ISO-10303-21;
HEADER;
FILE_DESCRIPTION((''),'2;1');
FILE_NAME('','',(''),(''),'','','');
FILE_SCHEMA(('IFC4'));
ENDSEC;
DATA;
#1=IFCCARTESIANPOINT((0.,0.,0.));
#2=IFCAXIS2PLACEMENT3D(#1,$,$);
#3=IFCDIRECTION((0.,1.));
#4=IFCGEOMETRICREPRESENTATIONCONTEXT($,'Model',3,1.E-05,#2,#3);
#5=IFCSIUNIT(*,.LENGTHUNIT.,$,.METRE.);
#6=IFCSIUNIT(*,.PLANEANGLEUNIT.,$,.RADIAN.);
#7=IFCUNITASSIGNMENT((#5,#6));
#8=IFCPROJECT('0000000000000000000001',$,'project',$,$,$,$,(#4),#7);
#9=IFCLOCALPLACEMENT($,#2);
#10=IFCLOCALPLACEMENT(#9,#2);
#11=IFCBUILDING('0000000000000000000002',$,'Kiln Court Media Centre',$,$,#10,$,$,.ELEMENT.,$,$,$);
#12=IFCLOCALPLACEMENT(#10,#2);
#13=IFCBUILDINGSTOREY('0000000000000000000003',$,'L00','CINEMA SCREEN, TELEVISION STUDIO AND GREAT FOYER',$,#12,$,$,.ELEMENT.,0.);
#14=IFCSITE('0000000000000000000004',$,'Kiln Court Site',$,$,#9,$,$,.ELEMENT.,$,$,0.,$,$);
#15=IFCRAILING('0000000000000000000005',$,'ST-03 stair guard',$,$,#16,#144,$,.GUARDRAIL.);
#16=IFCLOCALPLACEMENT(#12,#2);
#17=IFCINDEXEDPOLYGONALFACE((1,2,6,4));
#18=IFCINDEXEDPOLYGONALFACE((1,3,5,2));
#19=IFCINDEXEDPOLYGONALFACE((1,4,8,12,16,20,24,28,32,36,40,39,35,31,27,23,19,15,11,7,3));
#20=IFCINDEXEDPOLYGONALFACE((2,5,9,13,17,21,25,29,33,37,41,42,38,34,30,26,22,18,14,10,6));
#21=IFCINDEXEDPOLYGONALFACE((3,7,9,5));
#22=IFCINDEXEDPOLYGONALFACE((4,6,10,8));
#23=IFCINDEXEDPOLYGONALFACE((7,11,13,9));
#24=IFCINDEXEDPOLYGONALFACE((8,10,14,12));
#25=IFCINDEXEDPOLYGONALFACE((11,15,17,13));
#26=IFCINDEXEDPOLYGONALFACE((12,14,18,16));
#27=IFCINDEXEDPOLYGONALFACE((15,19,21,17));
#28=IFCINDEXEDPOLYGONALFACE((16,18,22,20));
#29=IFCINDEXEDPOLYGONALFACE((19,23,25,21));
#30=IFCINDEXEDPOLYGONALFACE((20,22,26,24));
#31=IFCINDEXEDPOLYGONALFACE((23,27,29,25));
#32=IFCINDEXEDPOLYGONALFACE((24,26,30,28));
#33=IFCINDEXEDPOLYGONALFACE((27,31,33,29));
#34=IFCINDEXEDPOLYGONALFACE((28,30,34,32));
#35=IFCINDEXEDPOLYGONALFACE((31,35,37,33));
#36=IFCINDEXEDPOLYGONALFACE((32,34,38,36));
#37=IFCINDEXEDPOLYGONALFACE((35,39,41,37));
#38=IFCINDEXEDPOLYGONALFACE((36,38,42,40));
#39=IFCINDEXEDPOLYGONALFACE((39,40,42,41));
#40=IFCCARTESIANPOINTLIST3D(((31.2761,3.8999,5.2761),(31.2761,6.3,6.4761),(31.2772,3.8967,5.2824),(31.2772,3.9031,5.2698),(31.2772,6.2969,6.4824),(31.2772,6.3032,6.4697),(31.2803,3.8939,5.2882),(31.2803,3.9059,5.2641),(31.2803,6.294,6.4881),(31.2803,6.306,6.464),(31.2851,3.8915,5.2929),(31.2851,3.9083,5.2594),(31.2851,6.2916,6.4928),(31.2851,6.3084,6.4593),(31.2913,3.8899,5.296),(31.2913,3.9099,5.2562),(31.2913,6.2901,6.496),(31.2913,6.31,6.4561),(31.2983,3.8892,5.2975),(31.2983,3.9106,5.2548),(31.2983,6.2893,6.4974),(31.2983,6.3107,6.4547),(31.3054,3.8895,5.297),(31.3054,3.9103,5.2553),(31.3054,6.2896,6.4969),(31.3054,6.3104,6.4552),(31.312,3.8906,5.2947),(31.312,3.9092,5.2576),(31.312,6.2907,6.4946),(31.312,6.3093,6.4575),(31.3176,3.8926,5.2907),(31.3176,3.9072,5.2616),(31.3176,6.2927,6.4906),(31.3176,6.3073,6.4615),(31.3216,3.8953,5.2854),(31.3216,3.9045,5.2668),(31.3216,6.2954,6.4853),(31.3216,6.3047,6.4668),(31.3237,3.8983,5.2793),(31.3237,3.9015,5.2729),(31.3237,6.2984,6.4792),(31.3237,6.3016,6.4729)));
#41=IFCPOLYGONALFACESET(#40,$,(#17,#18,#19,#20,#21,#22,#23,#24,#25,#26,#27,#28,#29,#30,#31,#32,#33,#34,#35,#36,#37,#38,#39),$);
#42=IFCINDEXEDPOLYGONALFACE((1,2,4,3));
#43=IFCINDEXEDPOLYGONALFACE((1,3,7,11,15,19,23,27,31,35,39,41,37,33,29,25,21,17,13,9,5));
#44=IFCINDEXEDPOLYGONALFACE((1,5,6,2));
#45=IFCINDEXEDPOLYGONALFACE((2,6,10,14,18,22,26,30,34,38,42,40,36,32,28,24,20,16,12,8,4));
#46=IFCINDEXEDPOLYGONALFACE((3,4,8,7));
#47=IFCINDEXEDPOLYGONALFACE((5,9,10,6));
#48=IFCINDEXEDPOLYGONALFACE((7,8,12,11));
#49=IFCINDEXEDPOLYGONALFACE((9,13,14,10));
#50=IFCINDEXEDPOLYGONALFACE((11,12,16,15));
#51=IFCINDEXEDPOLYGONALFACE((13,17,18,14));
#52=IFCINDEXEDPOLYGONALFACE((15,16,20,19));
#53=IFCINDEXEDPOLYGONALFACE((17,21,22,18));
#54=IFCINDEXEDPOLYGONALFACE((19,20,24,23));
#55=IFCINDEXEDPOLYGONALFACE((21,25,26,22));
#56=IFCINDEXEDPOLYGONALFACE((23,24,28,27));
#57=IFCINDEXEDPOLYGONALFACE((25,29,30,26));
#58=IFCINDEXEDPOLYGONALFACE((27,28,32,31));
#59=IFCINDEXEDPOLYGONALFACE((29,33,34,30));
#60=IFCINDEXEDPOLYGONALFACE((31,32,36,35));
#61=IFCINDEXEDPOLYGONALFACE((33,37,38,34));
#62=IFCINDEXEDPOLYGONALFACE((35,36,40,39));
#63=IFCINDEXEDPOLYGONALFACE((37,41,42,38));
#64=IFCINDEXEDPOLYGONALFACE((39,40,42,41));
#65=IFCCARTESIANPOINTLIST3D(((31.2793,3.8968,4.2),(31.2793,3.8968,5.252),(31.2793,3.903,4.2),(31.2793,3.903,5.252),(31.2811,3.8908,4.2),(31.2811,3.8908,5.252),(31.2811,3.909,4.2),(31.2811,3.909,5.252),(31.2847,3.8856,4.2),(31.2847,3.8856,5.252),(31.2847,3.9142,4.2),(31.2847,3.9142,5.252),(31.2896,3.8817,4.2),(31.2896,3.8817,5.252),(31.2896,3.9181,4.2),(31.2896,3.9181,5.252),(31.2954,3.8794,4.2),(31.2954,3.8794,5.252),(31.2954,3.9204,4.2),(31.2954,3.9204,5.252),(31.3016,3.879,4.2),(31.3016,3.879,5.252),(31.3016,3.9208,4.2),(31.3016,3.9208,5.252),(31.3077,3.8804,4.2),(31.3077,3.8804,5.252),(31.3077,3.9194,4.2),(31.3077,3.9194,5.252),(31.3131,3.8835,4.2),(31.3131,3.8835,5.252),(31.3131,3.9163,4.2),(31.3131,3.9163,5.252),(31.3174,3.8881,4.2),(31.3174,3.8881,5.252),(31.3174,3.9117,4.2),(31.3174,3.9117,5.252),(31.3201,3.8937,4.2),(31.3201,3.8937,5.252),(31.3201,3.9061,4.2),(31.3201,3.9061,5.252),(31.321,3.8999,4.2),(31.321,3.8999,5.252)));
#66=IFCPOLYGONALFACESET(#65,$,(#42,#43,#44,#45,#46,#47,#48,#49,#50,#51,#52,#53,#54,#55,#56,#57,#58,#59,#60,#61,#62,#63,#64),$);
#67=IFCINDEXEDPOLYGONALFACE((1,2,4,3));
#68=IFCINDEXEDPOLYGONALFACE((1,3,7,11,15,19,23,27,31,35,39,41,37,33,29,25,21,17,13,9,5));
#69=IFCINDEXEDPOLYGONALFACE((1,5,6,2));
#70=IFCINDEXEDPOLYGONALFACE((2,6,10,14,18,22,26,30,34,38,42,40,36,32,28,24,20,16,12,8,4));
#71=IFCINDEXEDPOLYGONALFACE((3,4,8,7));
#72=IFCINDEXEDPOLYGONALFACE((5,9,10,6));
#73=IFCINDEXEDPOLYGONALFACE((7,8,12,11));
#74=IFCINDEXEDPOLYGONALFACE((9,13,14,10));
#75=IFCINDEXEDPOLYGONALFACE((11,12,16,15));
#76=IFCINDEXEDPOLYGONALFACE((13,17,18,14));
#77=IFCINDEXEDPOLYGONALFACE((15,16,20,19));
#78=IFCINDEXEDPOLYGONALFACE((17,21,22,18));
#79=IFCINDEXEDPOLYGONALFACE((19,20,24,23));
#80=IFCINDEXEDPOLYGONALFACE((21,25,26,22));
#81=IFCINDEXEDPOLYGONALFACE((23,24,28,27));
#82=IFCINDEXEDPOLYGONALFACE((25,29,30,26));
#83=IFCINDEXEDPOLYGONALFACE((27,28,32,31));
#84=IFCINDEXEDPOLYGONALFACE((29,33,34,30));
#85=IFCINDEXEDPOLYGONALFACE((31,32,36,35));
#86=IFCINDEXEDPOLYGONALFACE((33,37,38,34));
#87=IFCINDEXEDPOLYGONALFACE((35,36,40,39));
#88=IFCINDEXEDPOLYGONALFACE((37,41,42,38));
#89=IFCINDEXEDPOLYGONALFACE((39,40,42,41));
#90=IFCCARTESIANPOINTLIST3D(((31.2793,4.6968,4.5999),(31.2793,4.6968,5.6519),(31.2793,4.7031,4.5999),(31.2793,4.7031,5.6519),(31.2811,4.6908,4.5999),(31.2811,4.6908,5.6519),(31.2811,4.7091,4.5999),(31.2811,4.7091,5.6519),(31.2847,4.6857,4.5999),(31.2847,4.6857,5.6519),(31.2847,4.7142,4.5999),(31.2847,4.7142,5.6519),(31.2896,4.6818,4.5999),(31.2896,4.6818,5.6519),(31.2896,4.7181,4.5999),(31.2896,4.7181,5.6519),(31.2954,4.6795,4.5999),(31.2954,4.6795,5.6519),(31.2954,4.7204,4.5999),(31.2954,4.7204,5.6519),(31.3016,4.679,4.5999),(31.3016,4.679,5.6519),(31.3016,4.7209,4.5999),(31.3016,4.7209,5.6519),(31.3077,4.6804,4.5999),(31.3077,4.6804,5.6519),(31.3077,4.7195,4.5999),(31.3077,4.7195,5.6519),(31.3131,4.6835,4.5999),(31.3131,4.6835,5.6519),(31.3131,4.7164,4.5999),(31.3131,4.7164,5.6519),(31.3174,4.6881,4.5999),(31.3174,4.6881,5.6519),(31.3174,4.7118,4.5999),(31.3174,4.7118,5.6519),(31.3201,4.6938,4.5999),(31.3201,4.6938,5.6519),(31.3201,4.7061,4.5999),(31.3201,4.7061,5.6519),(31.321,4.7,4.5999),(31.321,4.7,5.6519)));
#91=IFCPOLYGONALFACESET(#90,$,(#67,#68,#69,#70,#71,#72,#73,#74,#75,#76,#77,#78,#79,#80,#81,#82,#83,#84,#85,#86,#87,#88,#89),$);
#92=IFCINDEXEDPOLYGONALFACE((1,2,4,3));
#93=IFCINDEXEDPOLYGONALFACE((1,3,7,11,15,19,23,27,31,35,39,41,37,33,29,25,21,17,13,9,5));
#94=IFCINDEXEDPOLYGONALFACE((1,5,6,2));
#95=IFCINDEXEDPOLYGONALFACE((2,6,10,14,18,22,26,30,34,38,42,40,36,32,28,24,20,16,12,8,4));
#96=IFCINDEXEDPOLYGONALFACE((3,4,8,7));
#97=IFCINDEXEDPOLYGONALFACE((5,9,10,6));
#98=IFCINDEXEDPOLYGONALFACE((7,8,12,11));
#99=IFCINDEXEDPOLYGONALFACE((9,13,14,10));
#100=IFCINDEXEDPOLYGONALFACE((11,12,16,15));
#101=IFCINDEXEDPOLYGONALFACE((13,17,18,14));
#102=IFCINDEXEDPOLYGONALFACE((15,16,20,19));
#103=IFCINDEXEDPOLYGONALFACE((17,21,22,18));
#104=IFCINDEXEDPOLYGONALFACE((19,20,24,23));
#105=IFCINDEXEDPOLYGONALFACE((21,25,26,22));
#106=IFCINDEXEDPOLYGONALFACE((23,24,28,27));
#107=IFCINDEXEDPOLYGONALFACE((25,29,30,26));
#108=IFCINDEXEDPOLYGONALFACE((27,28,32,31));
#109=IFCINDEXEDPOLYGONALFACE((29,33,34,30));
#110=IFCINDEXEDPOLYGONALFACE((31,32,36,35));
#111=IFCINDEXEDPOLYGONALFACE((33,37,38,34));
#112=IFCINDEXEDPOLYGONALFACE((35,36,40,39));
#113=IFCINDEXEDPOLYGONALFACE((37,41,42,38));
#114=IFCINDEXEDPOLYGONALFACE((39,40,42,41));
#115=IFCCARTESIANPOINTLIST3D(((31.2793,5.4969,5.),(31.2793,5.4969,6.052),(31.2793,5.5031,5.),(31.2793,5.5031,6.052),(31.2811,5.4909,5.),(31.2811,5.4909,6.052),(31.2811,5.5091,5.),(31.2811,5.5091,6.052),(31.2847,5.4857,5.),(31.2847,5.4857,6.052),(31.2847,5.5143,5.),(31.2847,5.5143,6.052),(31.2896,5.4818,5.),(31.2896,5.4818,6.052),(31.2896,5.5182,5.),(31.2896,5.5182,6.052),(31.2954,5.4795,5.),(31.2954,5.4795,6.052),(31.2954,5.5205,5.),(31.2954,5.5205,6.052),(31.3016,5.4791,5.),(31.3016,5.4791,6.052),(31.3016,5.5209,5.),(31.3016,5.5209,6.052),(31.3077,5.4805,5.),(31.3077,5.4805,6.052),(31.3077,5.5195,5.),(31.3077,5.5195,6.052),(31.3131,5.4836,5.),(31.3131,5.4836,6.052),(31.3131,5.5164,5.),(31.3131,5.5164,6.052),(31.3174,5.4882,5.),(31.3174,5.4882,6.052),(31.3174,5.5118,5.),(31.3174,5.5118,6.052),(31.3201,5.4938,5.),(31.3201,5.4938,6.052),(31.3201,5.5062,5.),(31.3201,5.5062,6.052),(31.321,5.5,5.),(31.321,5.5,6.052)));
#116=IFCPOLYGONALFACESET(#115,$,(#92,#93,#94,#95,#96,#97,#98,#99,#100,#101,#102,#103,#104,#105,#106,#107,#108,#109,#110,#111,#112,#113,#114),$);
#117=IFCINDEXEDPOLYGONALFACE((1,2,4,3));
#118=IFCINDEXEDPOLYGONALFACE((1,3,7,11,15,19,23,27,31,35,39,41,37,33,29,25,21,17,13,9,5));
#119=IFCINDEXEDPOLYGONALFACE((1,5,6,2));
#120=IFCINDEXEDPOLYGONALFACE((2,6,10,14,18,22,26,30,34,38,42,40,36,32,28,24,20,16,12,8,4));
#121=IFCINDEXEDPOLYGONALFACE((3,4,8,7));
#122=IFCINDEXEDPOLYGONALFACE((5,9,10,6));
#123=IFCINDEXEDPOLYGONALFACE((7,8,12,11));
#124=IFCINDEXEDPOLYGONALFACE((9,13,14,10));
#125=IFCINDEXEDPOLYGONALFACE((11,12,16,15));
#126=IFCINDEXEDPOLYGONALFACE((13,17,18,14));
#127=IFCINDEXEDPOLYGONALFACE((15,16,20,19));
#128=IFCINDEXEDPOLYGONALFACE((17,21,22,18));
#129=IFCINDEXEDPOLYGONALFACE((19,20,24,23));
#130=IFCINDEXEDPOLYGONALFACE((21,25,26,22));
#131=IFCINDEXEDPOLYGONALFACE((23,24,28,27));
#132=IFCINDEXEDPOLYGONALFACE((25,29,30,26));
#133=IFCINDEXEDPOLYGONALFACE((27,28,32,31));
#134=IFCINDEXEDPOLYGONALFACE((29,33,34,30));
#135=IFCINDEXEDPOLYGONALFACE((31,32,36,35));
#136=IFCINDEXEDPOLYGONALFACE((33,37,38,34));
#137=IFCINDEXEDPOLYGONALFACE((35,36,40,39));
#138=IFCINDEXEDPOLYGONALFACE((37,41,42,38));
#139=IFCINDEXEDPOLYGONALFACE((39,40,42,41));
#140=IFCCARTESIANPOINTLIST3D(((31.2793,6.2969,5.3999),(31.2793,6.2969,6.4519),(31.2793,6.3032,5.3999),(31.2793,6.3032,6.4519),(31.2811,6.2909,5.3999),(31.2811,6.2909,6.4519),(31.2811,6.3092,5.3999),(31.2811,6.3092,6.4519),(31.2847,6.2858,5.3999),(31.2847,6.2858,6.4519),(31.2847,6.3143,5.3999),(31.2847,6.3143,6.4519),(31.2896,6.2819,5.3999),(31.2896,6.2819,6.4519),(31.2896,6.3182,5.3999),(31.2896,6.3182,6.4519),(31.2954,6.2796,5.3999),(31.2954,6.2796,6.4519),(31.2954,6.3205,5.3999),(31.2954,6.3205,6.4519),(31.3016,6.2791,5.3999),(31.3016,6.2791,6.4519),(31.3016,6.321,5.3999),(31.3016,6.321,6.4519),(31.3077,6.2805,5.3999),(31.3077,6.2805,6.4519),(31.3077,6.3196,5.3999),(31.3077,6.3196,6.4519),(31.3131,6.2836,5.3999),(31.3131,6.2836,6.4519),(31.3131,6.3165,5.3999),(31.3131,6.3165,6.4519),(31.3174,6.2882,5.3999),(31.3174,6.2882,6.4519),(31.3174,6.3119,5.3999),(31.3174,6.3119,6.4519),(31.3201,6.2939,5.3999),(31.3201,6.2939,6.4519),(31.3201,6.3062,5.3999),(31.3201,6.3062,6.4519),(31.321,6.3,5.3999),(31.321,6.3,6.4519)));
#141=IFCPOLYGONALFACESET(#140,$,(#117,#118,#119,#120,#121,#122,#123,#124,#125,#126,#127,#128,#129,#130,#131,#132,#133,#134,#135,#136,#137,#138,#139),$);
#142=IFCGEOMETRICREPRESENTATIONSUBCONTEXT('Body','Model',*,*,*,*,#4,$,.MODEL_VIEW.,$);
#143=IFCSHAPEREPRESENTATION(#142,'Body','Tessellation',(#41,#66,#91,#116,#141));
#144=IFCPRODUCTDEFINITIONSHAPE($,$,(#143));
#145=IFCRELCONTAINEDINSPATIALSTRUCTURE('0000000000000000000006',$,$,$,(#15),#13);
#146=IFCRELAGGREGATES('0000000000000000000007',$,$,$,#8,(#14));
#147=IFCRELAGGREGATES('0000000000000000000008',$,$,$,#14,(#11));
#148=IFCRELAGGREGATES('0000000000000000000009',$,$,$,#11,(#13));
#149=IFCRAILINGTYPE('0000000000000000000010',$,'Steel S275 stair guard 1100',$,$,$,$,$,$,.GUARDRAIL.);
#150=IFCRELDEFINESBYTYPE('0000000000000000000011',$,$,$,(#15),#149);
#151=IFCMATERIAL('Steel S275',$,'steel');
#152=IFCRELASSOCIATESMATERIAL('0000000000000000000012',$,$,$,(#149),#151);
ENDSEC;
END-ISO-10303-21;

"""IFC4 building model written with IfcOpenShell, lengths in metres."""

from ifc_helpers import new_model, si_unit, direction, frame, origin, origin_2d, place, context, subcontext, project, spatial, circle, extrude, material, type_object, element, save


model = new_model("IFC4")

# Units and contexts
model_context = context("Model", 3, precision=1e-05, world=origin(), true_north=direction((0.0, 1.0)))
body_context = subcontext(model_context, "Body", "Model", "MODEL_VIEW")
ifc_project = project(units=[si_unit("LENGTHUNIT", "METRE"), si_unit("PLANEANGLEUNIT", "RADIAN")], contexts=[model_context])

# Site, building, storey
site_placement = place(None, origin())
site = spatial("IfcSite", under=ifc_project, at=site_placement, Name="Kiln Court Site", CompositionType="ELEMENT", RefElevation=0.0)
building_placement = place(site_placement, origin())
building = spatial("IfcBuilding", under=site, at=building_placement, Name="Kiln Court Media Centre", CompositionType="ELEMENT")
storey_placement = place(building_placement, origin())
storey = spatial("IfcBuildingStorey", under=building, at=storey_placement, Name="L00", Description="CINEMA SCREEN, TELEVISION STUDIO AND GREAT FOYER", CompositionType="ELEMENT", Elevation=0.0)

# Railing
ifc_material_1 = material(Name="Steel S275", Category="steel")
railing_type_1 = type_object("IfcRailingType", Name="Steel S275 stair guard 1100", PredefinedType="GUARDRAIL", material=ifc_material_1)
railing_1_placement = place(storey_placement, frame((31.3, 3.8999, 4.2)))
element("IfcRailing", 1, at=railing_1_placement, inside=storey, type_object=railing_type_1, Name="ST-03 stair guard", PredefinedType="GUARDRAIL", context=body_context, shape_type="SweptSolid", body=[
    extrude(circle(Radius=0.0239, at=origin_2d()), frame((0.0, 0.0, 1.0762), z_axis=(0.0, 0.894445, 0.447177), x_axis=(-1.0, 0.0, 0.0)), (0.0, 0.0, 1.0), 2.6833),
    extrude(circle(Radius=0.021, at=origin_2d()), origin(), (0.0, 0.0, 1.0), 1.052),
    extrude(circle(Radius=0.021, at=origin_2d()), frame((0.0, 0.8, 0.3999)), (0.0, 0.0, 1.0), 1.052),
    extrude(circle(Radius=0.021, at=origin_2d()), frame((0.0, 1.6001, 0.8)), (0.0, 0.0, 1.0), 1.052),
    extrude(circle(Radius=0.021, at=origin_2d()), frame((0.0, 2.4001, 1.2)), (0.0, 0.0, 1.0), 1.052),
])

save(model, "model.ifc")
